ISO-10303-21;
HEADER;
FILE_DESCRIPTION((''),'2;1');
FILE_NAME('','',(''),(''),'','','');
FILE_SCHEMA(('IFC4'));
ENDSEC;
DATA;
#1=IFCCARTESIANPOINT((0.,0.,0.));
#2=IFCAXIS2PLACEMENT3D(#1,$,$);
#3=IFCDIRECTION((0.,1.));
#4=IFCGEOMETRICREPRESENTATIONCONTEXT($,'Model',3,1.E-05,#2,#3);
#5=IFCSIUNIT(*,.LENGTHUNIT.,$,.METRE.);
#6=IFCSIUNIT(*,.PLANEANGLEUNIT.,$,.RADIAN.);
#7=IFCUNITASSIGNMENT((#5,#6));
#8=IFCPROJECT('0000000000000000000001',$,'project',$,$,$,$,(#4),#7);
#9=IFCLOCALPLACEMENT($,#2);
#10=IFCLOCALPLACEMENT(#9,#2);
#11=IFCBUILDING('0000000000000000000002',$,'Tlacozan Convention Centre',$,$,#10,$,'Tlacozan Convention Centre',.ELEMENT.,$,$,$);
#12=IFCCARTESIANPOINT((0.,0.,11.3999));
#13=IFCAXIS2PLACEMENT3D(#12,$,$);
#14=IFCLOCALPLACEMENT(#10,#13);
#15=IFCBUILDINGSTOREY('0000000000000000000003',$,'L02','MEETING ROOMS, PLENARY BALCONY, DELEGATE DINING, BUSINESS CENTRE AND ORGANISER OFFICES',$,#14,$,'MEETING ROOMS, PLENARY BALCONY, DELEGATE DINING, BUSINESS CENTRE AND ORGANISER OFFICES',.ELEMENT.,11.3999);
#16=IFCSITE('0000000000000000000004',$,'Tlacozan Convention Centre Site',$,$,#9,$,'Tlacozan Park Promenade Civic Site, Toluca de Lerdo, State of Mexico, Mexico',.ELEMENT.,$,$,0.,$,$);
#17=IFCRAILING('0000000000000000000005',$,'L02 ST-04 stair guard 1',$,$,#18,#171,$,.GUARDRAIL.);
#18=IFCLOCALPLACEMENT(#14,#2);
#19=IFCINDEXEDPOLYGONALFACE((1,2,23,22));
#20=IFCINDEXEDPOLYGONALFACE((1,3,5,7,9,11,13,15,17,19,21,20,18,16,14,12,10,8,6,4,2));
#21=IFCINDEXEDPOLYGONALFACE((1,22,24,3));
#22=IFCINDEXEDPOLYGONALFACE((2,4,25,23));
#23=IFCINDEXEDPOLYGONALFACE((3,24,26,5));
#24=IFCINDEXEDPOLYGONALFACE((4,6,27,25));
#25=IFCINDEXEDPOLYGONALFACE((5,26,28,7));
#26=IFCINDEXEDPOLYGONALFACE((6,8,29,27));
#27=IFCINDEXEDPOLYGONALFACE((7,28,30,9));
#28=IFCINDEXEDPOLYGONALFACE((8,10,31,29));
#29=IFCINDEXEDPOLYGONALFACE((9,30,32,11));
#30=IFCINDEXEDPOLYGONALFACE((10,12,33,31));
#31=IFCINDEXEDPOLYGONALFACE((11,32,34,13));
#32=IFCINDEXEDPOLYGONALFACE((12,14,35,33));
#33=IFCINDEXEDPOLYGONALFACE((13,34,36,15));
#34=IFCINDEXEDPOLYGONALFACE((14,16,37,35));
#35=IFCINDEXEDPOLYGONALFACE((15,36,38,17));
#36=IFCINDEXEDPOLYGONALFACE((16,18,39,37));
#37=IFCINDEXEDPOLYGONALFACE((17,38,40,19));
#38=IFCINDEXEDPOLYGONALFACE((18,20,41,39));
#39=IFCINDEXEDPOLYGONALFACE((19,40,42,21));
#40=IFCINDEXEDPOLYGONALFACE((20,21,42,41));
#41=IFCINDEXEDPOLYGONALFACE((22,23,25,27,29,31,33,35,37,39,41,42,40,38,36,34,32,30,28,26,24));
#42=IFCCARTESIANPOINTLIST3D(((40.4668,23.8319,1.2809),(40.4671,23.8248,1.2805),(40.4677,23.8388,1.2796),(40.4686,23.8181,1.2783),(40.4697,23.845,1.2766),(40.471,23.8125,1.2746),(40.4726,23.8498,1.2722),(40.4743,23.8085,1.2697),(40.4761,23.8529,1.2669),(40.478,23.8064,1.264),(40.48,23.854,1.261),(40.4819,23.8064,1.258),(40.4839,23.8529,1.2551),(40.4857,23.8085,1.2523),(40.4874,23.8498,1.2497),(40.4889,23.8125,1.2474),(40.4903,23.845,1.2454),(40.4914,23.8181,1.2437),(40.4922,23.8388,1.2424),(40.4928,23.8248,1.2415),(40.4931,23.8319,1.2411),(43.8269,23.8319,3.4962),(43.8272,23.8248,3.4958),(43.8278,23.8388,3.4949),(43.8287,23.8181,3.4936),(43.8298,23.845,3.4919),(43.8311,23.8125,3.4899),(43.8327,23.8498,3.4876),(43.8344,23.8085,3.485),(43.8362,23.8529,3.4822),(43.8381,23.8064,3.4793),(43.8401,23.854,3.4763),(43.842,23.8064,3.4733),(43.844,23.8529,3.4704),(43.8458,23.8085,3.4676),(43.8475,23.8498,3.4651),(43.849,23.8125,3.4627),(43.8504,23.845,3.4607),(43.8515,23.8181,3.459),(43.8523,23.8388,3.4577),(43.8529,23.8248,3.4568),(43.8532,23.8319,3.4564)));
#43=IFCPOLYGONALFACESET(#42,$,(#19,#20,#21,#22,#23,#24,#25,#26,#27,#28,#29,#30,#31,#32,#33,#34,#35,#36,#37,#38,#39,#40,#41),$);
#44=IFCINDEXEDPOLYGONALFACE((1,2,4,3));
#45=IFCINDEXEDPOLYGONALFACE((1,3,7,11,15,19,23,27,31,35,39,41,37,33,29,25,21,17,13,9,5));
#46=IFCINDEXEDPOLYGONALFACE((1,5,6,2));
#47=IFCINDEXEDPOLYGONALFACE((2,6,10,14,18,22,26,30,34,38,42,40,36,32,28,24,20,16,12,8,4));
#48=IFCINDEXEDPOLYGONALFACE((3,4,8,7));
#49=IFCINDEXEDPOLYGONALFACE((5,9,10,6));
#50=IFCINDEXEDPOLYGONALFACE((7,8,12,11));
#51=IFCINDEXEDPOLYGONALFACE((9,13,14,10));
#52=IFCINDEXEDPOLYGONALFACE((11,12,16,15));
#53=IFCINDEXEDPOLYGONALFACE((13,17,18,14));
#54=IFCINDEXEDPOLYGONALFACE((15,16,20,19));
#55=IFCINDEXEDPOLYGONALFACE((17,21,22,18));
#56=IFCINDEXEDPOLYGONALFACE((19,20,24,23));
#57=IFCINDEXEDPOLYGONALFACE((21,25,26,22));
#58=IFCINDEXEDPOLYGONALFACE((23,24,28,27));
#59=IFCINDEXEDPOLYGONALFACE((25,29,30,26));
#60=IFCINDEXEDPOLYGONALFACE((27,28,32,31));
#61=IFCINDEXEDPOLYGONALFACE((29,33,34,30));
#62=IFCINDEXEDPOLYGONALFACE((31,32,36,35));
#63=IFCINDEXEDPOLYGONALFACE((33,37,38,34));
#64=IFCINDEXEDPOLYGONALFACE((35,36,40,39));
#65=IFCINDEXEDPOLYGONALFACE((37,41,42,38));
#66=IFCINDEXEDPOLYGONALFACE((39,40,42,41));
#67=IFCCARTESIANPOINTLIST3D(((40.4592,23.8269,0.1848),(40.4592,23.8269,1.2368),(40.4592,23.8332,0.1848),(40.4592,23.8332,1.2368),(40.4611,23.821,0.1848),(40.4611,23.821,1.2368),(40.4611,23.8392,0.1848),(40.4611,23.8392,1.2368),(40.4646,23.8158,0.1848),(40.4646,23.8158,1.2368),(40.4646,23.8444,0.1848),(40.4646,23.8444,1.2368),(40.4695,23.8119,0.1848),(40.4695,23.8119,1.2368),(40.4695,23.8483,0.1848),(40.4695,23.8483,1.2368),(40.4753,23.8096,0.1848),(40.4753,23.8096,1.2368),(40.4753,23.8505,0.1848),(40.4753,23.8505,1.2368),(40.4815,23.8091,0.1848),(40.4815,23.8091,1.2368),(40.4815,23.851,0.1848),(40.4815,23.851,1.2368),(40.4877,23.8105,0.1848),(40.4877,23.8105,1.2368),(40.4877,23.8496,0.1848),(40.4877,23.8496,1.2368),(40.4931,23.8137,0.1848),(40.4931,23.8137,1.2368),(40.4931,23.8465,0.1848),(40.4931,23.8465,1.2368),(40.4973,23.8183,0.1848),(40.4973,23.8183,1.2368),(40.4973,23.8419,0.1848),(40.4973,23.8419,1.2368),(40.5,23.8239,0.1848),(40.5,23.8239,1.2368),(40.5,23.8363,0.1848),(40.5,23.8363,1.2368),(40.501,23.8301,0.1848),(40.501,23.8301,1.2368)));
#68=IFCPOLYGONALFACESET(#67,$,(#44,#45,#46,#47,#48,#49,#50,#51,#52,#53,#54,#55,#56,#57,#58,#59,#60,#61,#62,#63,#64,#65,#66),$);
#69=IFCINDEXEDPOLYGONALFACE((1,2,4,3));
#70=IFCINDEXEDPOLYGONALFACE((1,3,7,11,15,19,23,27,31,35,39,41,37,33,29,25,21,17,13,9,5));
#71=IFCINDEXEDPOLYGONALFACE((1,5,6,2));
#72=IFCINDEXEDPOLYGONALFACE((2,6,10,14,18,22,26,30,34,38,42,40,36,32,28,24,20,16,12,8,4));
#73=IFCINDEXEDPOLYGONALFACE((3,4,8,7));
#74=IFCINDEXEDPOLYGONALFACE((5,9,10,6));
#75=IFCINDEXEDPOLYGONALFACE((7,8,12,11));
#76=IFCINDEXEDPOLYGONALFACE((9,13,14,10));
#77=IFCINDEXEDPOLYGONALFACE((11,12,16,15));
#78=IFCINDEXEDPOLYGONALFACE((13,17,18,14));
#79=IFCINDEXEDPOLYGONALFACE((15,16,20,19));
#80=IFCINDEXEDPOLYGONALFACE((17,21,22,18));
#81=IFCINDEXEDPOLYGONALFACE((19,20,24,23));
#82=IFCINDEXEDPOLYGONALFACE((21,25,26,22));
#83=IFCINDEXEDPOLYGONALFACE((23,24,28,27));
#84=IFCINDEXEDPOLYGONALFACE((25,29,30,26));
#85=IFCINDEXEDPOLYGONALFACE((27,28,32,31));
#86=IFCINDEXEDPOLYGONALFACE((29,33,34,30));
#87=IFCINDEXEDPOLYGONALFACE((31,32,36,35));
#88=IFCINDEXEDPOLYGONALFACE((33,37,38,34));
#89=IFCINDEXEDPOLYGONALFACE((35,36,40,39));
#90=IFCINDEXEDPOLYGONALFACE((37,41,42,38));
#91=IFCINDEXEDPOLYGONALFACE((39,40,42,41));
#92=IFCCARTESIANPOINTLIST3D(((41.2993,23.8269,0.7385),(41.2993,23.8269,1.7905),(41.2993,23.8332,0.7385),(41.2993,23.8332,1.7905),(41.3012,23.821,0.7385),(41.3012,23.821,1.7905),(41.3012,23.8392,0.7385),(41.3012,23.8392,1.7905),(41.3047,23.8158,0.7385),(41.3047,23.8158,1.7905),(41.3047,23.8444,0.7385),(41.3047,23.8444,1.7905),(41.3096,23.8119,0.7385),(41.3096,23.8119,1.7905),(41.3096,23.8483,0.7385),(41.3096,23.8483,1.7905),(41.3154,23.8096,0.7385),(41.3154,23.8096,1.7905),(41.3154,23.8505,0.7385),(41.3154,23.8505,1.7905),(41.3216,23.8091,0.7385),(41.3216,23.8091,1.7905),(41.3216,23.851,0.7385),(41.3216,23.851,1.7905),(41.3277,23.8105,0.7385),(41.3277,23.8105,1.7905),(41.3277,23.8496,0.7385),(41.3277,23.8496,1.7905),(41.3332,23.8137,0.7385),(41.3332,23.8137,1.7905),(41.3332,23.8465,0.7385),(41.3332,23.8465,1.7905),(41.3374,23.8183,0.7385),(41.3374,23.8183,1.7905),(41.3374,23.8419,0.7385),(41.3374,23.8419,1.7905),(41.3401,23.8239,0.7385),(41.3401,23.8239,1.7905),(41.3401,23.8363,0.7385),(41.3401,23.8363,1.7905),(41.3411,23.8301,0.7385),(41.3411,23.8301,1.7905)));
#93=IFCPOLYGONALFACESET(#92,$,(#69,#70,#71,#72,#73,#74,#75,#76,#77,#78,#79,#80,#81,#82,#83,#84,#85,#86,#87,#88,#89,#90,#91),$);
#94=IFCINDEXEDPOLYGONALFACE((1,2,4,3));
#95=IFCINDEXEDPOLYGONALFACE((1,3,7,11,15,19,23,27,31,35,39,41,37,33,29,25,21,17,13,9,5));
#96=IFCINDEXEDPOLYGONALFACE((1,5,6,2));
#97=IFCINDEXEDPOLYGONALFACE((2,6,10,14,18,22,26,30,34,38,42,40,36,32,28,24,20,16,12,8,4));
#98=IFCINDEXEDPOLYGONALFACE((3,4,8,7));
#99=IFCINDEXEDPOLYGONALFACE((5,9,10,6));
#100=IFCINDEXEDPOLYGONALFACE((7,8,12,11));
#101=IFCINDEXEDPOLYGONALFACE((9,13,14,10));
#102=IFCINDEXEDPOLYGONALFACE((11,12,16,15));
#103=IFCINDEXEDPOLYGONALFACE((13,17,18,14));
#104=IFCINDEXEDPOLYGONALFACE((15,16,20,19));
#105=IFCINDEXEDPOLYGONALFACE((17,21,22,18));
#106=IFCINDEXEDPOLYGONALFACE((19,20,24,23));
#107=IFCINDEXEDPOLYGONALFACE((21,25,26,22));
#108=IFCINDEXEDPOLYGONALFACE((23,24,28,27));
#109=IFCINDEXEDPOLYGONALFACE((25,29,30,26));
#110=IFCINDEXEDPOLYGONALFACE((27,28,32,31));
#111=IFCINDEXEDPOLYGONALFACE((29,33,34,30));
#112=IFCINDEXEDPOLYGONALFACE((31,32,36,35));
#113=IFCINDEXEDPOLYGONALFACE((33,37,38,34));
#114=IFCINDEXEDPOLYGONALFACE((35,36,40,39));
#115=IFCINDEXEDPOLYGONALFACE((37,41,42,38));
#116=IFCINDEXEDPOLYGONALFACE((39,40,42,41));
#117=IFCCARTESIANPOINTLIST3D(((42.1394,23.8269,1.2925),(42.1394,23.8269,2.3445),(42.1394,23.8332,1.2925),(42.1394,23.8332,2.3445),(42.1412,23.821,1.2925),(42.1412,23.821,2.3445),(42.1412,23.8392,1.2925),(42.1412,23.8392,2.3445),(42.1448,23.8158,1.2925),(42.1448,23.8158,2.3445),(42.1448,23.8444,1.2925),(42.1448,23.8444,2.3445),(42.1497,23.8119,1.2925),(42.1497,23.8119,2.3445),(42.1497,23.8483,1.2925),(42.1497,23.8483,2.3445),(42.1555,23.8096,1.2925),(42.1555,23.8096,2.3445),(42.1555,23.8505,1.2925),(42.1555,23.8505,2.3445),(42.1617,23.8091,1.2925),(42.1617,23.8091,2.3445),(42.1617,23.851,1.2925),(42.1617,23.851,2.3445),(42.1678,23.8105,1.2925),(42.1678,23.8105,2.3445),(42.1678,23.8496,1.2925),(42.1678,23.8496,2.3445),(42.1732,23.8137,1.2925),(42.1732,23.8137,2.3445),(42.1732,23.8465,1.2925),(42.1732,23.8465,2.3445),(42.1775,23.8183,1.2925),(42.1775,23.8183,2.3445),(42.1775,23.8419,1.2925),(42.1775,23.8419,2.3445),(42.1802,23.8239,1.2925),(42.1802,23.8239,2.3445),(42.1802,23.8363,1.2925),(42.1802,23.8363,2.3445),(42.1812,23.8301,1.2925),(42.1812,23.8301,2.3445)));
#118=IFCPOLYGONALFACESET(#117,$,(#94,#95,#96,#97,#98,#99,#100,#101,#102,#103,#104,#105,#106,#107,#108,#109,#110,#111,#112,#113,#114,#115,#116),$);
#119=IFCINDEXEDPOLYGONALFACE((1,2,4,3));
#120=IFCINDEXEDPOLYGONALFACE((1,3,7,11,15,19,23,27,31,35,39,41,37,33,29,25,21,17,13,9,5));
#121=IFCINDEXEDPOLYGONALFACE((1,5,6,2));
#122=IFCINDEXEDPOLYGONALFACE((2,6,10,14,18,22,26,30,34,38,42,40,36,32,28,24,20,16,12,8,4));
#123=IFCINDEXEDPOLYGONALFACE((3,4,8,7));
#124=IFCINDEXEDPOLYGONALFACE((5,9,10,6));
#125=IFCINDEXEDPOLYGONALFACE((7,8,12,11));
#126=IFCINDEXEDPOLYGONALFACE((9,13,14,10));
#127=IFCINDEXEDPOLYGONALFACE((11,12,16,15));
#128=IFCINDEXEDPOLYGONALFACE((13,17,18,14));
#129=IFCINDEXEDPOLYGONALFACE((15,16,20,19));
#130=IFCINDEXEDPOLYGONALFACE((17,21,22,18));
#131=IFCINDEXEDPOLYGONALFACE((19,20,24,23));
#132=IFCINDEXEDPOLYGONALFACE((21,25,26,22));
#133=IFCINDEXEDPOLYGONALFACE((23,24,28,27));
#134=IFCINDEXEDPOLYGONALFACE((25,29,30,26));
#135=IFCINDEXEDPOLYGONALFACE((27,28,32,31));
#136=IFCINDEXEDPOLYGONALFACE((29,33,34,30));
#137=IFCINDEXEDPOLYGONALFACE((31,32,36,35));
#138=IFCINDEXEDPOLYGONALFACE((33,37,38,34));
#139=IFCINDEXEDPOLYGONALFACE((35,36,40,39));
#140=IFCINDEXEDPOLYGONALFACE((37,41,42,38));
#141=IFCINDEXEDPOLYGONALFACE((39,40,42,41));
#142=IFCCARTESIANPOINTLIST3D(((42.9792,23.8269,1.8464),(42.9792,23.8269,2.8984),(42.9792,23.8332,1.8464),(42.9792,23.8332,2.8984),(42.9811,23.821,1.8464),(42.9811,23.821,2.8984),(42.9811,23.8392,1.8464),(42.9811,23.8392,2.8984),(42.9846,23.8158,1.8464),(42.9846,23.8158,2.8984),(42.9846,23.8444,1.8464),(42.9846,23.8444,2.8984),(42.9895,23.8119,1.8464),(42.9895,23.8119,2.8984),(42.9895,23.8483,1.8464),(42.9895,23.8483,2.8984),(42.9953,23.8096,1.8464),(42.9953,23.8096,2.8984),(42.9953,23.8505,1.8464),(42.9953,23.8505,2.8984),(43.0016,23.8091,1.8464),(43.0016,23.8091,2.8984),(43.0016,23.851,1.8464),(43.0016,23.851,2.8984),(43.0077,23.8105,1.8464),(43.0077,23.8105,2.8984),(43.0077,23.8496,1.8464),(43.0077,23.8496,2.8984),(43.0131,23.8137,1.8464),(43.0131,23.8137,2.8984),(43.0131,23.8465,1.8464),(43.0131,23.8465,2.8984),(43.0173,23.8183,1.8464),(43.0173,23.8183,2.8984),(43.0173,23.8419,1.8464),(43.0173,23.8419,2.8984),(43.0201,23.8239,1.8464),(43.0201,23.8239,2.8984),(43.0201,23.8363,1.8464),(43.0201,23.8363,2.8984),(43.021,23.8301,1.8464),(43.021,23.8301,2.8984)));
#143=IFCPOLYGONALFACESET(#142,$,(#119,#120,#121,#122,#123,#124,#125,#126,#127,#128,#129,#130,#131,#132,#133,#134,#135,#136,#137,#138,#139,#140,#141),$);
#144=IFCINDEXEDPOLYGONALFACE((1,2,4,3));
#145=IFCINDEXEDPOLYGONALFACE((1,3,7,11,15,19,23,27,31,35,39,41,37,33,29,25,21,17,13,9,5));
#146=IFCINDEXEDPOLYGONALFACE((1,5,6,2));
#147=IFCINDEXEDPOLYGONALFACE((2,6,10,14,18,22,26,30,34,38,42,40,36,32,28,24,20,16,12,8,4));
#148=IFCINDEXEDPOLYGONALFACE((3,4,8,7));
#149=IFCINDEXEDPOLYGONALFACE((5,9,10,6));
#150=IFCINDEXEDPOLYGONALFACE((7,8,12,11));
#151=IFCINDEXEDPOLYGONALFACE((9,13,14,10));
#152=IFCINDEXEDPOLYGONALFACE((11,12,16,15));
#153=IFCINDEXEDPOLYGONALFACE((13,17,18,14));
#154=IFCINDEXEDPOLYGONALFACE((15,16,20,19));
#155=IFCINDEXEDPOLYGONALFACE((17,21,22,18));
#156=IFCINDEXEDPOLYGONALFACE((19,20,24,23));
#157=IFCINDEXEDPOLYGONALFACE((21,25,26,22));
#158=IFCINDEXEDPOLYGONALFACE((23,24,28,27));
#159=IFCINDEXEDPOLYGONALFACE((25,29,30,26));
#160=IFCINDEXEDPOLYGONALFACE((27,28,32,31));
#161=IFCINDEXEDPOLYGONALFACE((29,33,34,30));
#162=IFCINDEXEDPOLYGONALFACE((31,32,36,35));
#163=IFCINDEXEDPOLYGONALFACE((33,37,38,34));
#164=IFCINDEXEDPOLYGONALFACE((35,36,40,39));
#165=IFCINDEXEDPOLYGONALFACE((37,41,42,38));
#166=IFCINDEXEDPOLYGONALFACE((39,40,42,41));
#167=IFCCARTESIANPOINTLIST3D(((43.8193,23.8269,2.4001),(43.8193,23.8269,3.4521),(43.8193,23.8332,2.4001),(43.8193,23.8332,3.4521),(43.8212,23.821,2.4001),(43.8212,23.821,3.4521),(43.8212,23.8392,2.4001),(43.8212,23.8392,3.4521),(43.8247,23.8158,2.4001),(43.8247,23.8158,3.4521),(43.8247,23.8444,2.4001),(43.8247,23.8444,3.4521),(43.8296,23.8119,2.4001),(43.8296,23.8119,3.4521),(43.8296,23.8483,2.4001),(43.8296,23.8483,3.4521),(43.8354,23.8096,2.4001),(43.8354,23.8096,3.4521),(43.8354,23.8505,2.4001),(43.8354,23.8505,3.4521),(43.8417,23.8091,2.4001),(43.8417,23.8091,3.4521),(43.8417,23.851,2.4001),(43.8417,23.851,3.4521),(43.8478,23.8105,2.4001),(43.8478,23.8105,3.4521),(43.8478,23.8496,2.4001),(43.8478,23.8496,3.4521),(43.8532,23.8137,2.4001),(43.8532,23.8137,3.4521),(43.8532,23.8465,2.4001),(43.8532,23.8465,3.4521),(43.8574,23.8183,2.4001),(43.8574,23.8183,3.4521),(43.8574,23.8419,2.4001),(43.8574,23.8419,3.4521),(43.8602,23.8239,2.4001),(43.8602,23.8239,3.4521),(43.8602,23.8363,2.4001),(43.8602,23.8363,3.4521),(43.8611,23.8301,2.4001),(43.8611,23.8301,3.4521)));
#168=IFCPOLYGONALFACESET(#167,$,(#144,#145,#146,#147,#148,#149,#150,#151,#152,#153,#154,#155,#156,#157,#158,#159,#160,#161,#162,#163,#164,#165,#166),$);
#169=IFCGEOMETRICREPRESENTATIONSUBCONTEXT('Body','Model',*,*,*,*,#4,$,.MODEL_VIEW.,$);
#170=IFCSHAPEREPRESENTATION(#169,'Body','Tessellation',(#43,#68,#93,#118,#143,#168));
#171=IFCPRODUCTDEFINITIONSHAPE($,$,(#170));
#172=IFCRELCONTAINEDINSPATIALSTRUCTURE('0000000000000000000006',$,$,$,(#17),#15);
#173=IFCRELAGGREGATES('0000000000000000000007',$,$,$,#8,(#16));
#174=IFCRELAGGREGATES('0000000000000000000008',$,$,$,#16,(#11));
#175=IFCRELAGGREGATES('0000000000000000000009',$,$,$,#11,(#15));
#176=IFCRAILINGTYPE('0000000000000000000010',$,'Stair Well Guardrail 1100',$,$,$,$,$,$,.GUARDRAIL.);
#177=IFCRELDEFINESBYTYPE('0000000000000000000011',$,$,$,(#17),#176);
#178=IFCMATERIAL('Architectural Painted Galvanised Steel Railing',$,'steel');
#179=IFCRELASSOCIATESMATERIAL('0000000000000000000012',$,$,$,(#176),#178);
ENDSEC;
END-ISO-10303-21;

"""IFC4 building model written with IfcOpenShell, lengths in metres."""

from ifc_helpers import new_model, si_unit, direction, frame, origin, origin_2d, place, context, subcontext, project, spatial, circle, extrude, material, type_object, element, save


model = new_model("IFC4")

# Units and contexts
model_context = context("Model", 3, precision=1e-05, world=origin(), true_north=direction((0.0, 1.0)))
body_context = subcontext(model_context, "Body", "Model", "MODEL_VIEW")
ifc_project = project(units=[si_unit("LENGTHUNIT", "METRE"), si_unit("PLANEANGLEUNIT", "RADIAN")], contexts=[model_context])

# Site, building, storey
site_placement = place(None, origin())
site = spatial("IfcSite", under=ifc_project, at=site_placement, Name="Tlacozan Convention Centre Site", LongName="Tlacozan Park Promenade Civic Site, Toluca de Lerdo, State of Mexico, Mexico", CompositionType="ELEMENT", RefElevation=0.0)
building_placement = place(site_placement, origin())
building = spatial("IfcBuilding", under=site, at=building_placement, Name="Tlacozan Convention Centre", LongName="Tlacozan Convention Centre", CompositionType="ELEMENT")
storey_placement = place(building_placement, frame((0.0, 0.0, 11.3999)))
storey = spatial("IfcBuildingStorey", under=building, at=storey_placement, Name="L02", Description="MEETING ROOMS, PLENARY BALCONY, DELEGATE DINING, BUSINESS CENTRE AND ORGANISER OFFICES", LongName="MEETING ROOMS, PLENARY BALCONY, DELEGATE DINING, BUSINESS CENTRE AND ORGANISER OFFICES", CompositionType="ELEMENT", Elevation=11.3999)

# Railing
ifc_material_1 = material(Name="Architectural Painted Galvanised Steel Railing", Category="steel")
railing_type_1 = type_object("IfcRailingType", Name="Stair Well Guardrail 1100", PredefinedType="GUARDRAIL", material=ifc_material_1)
railing_1_placement = place(storey_placement, frame((40.48, 23.8301, 0.1848)))
element("IfcRailing", 1, at=railing_1_placement, inside=storey, type_object=railing_type_1, Name="L02 ST-04 stair guard 1", PredefinedType="GUARDRAIL", context=body_context, shape_type="SweptSolid", body=[
    extrude(circle(Radius=0.0239, at=origin_2d()), frame((0.0, 0.0, 1.0762), z_axis=(0.834876, 0.0, 0.550437), x_axis=(0.0, 1.0, 0.0)), (0.0, 0.0, 1.0), 4.0247),
    extrude(circle(Radius=0.021, at=origin_2d()), origin(), (0.0, 0.0, 1.0), 1.052),
    extrude(circle(Radius=0.021, at=origin_2d()), frame((0.8401, 0.0, 0.5537)), (0.0, 0.0, 1.0), 1.052),
    extrude(circle(Radius=0.021, at=origin_2d()), frame((1.6802, 0.0, 1.1077)), (0.0, 0.0, 1.0), 1.052),
    extrude(circle(Radius=0.021, at=origin_2d()), frame((2.52, 0.0, 1.6616)), (0.0, 0.0, 1.0), 1.052),
    extrude(circle(Radius=0.021, at=origin_2d()), frame((3.3601, 0.0, 2.2153)), (0.0, 0.0, 1.0), 1.052),
])

save(model, "model.ifc")
